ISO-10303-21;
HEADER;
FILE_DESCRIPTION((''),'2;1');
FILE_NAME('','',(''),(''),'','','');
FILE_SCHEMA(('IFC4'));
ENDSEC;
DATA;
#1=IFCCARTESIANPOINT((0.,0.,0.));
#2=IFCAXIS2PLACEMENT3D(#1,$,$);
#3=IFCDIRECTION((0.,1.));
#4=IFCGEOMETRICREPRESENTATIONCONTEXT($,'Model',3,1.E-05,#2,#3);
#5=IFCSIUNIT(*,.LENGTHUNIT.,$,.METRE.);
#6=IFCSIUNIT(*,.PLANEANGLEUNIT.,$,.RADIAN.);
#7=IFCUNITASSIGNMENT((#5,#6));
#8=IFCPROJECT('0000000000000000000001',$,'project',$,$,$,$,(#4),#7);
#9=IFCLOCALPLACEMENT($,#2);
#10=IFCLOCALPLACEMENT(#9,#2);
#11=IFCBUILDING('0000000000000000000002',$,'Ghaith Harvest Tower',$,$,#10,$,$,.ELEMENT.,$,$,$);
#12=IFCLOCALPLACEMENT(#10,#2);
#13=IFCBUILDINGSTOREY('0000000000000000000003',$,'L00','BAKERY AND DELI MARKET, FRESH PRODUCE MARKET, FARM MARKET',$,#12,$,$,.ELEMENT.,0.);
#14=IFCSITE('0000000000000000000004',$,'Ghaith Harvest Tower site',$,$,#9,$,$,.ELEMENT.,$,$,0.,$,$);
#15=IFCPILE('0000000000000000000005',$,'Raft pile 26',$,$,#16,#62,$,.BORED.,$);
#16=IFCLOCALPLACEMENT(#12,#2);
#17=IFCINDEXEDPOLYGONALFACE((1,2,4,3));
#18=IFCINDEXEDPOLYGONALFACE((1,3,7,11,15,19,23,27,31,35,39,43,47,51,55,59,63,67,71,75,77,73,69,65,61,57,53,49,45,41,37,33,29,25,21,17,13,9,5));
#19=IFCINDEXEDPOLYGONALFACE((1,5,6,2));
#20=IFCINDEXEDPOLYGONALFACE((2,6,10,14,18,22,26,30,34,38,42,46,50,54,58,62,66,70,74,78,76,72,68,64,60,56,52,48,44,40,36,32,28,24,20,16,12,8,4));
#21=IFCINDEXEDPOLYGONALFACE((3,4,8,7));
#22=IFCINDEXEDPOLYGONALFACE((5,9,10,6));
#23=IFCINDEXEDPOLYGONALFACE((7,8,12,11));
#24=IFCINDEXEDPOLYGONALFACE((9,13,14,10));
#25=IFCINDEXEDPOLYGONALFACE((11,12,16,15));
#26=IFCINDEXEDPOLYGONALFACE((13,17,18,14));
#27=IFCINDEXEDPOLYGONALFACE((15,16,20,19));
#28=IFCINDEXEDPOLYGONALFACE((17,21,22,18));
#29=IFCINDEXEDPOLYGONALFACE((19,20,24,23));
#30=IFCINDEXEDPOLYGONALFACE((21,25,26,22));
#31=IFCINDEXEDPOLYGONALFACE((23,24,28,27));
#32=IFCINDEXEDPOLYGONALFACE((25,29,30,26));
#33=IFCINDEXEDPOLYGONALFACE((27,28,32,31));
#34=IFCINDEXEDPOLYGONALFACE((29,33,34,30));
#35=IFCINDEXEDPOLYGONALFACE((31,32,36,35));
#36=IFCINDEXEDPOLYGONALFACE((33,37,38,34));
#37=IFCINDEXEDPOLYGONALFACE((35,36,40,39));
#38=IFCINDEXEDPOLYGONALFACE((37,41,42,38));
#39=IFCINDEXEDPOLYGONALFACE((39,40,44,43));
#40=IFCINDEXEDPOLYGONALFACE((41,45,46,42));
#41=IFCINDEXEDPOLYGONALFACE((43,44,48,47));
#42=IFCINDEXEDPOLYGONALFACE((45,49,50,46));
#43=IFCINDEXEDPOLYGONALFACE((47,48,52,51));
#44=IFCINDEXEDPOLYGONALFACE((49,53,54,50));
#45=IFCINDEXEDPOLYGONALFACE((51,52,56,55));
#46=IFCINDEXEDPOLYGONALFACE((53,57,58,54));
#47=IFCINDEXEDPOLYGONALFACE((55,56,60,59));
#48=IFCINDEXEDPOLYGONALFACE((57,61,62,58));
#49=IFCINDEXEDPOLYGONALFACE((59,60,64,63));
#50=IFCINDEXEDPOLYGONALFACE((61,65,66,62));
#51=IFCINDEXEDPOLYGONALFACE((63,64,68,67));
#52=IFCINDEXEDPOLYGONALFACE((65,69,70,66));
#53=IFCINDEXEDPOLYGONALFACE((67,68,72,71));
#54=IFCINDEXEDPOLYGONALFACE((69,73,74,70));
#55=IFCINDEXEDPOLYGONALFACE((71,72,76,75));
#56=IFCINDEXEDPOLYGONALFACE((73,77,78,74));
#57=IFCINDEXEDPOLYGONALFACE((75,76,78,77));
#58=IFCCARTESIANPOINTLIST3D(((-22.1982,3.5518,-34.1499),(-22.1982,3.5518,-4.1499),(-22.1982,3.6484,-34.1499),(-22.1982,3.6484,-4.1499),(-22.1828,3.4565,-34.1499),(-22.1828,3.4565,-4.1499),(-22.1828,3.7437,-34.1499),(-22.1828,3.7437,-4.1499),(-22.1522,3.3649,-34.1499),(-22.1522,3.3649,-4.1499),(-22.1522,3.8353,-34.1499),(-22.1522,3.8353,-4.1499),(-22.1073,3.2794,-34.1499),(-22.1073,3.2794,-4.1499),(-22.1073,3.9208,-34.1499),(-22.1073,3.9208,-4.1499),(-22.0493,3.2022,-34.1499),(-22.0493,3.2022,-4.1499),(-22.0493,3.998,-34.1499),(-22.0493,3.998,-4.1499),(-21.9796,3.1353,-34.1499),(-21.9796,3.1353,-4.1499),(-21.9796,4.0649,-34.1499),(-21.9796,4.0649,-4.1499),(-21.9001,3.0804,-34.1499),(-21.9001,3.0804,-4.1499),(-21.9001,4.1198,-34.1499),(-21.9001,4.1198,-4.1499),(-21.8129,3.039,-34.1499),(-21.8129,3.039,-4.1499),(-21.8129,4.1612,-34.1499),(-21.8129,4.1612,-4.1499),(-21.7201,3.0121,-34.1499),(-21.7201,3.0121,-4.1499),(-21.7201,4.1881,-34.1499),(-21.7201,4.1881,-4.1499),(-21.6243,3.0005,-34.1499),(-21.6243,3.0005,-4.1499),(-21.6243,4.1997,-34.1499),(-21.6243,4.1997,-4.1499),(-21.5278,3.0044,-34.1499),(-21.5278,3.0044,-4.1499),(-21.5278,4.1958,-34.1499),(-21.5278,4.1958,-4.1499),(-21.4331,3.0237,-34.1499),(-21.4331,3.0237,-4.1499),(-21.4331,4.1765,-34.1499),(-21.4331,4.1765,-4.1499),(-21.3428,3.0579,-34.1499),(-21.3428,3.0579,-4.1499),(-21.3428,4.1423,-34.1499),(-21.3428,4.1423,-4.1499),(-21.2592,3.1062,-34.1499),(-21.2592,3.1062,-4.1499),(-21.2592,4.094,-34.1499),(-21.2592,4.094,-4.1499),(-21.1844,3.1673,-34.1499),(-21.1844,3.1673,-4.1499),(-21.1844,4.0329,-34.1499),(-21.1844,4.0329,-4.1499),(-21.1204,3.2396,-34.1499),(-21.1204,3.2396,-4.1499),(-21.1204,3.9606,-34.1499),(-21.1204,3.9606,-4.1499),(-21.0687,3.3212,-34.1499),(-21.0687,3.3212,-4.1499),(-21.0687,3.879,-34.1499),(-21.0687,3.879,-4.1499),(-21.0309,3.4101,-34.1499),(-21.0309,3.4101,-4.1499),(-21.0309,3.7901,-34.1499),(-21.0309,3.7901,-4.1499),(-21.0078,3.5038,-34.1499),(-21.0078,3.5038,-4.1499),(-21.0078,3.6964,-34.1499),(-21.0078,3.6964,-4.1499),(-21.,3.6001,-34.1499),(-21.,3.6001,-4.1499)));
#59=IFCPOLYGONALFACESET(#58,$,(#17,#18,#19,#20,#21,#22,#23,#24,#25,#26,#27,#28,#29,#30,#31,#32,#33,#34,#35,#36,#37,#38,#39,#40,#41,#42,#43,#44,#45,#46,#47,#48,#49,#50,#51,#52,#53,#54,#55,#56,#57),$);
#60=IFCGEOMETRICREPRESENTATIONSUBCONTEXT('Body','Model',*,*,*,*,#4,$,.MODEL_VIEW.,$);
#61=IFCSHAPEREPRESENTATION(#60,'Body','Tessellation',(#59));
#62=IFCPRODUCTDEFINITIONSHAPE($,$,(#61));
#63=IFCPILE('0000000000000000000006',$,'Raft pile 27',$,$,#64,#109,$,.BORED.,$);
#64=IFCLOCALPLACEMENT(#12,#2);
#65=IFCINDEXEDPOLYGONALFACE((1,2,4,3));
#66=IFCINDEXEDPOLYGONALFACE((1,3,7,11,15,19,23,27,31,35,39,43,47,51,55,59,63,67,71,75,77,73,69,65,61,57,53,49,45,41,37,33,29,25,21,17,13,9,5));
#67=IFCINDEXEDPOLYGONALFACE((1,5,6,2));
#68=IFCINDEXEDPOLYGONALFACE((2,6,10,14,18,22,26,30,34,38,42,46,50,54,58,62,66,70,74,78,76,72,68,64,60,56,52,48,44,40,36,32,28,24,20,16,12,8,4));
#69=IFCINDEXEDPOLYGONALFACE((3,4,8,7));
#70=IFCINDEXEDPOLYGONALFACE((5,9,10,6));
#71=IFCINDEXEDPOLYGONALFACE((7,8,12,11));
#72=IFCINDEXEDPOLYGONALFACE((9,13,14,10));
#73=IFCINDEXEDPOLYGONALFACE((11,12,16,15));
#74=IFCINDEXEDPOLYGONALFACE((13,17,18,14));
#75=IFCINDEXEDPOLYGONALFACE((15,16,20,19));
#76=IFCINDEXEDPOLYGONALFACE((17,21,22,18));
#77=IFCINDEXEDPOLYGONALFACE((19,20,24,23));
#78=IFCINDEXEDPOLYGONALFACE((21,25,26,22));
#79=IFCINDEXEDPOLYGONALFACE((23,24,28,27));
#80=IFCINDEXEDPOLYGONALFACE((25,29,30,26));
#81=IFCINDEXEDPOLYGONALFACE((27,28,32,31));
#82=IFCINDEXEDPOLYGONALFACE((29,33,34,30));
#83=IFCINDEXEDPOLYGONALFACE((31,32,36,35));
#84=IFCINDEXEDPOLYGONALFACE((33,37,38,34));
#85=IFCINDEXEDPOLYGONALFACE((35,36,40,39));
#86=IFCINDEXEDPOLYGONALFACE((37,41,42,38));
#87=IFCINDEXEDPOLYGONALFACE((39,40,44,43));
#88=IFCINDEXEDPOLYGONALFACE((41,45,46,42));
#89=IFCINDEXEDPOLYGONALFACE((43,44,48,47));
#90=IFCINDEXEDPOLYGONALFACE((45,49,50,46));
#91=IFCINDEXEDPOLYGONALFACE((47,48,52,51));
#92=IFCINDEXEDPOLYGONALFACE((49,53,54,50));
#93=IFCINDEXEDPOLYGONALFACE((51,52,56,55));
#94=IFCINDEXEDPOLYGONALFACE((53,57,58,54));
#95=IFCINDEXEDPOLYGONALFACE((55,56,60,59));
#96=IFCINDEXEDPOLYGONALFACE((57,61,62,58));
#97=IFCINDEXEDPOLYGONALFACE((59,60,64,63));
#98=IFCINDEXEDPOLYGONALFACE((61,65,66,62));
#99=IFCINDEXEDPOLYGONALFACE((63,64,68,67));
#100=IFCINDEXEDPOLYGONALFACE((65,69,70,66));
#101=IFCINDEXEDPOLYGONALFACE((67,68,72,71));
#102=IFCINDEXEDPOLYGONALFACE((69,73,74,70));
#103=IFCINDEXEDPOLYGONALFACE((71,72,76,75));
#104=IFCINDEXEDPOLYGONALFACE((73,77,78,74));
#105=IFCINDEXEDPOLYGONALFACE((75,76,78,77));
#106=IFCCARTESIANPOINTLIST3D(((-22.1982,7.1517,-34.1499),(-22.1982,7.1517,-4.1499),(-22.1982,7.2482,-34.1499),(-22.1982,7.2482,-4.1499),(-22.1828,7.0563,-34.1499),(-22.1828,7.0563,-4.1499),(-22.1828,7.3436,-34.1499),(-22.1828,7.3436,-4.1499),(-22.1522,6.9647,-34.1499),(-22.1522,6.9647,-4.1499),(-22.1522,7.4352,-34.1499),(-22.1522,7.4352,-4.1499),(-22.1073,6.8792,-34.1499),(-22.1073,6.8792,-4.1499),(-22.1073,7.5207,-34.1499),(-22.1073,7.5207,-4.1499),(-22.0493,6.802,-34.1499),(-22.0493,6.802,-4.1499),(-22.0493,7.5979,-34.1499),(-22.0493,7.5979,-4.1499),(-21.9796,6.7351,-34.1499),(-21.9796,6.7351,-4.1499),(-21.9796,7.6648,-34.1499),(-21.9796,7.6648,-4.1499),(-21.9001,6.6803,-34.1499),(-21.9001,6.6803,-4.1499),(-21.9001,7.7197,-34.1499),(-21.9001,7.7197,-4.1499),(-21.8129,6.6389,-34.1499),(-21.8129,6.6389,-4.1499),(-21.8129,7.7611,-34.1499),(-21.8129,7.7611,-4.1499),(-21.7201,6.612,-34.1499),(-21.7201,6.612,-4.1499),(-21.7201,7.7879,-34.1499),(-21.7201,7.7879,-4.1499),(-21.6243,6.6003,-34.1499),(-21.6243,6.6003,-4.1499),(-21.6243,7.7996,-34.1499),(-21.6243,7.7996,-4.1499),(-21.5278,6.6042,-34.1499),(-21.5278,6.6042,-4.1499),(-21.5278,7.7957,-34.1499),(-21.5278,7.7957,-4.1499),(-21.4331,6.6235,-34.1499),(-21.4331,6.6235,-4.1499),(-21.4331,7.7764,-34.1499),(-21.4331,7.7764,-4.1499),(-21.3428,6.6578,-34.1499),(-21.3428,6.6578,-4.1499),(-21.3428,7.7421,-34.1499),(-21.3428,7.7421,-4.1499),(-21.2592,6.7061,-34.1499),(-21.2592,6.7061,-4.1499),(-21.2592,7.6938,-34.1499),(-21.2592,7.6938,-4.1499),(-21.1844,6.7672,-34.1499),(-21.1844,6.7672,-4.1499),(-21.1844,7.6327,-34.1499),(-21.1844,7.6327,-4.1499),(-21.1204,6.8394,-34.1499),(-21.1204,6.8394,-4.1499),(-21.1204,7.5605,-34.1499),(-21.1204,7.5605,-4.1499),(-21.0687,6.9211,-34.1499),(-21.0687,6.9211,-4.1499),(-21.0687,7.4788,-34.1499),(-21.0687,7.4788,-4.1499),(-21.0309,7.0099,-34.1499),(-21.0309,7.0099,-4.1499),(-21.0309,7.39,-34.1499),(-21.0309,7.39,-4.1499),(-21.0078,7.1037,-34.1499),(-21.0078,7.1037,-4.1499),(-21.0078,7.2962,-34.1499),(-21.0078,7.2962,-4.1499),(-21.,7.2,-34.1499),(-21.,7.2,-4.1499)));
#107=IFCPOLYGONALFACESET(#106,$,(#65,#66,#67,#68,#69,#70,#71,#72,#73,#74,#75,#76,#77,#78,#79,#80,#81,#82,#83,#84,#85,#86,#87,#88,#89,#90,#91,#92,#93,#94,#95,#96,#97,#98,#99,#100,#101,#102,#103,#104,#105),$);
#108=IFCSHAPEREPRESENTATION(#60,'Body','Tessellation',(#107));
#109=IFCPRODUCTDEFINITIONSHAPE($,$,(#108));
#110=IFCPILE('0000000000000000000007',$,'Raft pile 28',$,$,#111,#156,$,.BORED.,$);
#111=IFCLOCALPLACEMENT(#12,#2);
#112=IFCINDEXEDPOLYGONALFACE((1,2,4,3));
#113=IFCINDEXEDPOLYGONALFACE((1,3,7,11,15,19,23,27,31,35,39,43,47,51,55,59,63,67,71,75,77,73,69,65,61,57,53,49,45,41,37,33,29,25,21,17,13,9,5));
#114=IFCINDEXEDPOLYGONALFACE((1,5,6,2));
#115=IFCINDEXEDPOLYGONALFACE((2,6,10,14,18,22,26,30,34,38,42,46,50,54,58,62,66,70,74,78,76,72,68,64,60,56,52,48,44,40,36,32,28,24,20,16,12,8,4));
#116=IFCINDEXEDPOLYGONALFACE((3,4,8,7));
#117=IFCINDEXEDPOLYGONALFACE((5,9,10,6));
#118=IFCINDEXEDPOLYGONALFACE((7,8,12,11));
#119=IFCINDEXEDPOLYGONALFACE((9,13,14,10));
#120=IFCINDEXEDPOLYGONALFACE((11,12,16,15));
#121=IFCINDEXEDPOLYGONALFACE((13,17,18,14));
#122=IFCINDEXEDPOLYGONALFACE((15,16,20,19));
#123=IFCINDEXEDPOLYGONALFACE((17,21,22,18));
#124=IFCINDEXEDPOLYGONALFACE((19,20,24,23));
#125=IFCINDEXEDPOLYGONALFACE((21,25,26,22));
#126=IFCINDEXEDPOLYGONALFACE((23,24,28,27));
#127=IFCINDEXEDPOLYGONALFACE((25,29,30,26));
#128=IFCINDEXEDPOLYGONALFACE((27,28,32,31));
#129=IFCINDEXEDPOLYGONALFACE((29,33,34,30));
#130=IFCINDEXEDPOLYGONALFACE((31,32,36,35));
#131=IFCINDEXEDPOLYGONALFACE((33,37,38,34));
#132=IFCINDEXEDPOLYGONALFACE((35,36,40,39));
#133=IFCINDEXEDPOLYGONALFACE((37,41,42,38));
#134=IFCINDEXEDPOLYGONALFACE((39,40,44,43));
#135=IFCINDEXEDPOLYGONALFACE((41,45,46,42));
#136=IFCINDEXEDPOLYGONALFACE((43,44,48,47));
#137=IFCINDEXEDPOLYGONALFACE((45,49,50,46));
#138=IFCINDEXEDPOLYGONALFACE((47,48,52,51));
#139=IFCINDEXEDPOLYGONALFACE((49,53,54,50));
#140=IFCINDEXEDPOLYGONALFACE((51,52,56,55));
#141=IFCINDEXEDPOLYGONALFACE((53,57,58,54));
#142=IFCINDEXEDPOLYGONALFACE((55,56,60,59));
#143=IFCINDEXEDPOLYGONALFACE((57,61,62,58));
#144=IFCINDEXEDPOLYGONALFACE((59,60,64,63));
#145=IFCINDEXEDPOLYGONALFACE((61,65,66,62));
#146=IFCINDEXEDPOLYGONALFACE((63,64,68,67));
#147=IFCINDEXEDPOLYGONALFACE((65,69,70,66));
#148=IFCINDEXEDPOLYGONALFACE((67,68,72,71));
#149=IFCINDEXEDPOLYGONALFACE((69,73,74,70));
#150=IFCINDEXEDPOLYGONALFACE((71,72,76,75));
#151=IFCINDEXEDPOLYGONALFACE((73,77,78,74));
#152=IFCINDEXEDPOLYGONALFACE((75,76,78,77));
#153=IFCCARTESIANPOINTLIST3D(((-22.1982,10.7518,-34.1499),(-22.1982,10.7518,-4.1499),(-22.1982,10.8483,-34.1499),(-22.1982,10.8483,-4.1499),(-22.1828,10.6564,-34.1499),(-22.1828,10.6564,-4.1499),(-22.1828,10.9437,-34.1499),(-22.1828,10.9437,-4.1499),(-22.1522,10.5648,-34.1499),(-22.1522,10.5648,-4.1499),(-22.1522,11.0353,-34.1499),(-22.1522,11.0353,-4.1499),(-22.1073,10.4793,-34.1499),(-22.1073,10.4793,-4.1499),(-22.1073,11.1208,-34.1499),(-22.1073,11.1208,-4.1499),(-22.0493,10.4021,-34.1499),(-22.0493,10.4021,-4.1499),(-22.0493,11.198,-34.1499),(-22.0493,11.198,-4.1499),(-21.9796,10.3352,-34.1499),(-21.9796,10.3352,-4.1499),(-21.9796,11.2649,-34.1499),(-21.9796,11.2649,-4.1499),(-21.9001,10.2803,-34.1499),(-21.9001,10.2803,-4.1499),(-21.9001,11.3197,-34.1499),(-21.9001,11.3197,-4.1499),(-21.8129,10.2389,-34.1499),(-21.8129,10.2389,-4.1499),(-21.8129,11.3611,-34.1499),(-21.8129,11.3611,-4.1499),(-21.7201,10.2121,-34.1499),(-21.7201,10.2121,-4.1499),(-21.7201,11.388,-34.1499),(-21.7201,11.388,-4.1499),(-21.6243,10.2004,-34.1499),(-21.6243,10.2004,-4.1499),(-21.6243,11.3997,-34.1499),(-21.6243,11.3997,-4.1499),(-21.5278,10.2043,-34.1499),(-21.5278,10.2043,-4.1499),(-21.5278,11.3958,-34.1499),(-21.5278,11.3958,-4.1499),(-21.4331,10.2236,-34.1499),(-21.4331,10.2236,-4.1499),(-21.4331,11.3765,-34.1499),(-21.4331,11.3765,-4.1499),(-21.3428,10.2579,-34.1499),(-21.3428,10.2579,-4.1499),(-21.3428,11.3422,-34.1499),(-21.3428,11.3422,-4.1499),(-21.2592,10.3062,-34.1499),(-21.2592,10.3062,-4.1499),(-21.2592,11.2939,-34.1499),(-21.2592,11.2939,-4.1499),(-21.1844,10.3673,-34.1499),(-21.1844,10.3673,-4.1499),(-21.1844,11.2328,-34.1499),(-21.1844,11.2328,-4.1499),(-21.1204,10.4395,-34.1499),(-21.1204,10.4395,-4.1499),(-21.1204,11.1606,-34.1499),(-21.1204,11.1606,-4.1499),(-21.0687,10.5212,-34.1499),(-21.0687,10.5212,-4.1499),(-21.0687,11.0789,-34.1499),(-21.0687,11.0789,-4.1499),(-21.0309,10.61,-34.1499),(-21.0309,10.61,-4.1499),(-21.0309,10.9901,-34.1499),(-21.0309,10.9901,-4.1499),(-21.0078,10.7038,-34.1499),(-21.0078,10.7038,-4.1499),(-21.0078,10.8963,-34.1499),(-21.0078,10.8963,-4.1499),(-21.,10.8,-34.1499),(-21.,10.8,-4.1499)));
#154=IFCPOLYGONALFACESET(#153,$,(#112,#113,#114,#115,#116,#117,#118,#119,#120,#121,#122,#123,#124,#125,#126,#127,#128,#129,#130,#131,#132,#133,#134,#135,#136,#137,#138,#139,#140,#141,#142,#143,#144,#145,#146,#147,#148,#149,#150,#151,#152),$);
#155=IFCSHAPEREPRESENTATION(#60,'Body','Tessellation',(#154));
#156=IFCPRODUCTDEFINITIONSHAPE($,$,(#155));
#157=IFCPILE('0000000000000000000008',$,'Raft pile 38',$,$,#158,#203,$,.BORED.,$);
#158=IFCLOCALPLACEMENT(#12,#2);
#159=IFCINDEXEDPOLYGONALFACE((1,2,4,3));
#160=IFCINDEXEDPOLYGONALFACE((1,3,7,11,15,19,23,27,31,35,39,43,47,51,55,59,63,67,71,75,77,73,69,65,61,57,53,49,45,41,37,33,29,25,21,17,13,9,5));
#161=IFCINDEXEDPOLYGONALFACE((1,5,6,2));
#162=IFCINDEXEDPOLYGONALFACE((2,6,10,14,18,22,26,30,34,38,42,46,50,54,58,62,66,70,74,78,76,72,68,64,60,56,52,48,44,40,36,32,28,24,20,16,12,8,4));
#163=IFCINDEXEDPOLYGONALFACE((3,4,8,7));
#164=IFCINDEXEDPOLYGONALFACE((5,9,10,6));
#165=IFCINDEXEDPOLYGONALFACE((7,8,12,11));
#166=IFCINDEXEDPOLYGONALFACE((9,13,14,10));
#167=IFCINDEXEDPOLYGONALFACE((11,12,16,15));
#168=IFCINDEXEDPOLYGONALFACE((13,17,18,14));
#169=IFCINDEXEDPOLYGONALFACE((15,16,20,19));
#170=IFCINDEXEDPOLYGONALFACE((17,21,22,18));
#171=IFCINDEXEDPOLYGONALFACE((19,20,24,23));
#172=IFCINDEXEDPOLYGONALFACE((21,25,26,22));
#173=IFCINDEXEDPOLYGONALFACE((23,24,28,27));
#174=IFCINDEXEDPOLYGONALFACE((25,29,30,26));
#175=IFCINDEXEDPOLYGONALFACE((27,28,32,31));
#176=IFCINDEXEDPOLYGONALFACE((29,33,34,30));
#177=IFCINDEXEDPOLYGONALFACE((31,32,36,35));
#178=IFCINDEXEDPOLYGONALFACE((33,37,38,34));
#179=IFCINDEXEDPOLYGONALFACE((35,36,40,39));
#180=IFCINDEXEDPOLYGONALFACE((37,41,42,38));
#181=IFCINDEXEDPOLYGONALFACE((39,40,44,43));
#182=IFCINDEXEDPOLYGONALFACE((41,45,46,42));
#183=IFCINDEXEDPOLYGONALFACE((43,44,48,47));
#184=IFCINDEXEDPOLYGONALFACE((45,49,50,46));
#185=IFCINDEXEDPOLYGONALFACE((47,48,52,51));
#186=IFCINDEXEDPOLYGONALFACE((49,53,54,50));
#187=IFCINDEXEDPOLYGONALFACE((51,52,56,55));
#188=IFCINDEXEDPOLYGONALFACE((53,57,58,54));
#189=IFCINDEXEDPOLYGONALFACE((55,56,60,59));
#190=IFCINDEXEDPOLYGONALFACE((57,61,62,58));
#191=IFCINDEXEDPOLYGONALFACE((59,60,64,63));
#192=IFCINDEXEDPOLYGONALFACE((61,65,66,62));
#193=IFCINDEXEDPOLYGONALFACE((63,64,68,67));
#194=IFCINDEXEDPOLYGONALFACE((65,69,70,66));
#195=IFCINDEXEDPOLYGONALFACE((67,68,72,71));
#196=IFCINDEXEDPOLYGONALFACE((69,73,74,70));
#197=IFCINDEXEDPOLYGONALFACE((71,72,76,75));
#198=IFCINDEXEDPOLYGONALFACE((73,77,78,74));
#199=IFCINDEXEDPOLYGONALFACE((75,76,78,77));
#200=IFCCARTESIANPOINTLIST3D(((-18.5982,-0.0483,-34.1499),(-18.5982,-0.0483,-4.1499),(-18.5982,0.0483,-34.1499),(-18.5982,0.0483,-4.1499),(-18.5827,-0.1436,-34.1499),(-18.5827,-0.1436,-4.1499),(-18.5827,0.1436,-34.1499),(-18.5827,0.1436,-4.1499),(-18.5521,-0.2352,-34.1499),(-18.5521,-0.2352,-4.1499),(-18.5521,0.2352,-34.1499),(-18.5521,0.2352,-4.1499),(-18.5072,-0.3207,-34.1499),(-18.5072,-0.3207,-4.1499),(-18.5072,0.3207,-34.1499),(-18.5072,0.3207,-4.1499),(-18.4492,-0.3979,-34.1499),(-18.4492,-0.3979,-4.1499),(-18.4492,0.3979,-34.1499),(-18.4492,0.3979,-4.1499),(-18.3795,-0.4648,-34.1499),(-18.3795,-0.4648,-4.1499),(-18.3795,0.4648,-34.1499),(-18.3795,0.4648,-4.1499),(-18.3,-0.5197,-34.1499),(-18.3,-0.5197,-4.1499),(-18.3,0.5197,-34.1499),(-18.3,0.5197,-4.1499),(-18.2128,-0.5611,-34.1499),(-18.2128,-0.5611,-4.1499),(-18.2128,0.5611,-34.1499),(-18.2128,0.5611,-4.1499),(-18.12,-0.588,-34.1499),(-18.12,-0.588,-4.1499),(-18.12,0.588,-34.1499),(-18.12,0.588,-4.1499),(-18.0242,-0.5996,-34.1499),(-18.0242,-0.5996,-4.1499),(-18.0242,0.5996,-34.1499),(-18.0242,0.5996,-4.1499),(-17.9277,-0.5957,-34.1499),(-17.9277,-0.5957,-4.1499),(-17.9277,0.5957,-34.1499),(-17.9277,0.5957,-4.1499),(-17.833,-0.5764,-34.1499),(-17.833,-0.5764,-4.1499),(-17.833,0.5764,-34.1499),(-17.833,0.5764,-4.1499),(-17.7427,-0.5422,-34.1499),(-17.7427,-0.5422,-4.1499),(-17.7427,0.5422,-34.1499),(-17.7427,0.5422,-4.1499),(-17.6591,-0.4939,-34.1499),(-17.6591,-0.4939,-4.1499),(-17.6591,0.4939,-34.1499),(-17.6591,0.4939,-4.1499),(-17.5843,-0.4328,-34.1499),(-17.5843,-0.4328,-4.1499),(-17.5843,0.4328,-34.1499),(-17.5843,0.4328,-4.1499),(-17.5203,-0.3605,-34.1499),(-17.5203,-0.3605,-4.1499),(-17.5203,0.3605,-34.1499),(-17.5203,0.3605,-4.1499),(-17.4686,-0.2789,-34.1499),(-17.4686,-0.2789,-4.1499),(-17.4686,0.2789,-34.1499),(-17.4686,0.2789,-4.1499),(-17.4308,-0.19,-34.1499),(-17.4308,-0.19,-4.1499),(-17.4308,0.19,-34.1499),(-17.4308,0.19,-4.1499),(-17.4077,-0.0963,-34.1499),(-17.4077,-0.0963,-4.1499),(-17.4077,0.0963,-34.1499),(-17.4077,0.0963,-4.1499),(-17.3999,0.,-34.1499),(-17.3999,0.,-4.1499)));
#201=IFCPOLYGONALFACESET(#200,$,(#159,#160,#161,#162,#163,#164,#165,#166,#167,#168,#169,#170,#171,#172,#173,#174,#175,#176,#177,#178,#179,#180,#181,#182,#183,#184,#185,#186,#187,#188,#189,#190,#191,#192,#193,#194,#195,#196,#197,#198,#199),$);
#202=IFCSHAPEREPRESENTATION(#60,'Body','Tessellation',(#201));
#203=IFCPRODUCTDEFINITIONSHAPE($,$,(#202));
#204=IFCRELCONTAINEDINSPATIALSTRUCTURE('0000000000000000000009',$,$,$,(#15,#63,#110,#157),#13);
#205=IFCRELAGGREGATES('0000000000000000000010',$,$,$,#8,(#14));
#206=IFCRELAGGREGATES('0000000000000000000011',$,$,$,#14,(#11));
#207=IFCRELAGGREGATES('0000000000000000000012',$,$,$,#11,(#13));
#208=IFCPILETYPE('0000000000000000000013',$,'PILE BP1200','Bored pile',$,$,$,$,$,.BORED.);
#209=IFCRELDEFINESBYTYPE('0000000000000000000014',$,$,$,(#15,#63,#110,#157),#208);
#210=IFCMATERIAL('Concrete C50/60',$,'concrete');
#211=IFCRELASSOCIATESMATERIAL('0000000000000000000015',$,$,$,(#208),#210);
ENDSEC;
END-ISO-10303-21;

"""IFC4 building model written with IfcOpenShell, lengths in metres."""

from ifc_helpers import new_model, si_unit, direction, frame, origin, origin_2d, place, context, subcontext, project, spatial, circle, extrude, material, material_profile, profile_set, type_object, element, save


model = new_model("IFC4")

# Units and contexts
model_context = context("Model", 3, precision=1e-05, world=origin(), true_north=direction((0.0, 1.0)))
body_context = subcontext(model_context, "Body", "Model", "MODEL_VIEW")
ifc_project = project(units=[si_unit("LENGTHUNIT", "METRE"), si_unit("PLANEANGLEUNIT", "RADIAN")], contexts=[model_context])

# Site, building, storey
site_placement = place(None, origin())
site = spatial("IfcSite", under=ifc_project, at=site_placement, Name="Ghaith Harvest Tower site", CompositionType="ELEMENT", RefElevation=0.0)
building_placement = place(site_placement, origin())
building = spatial("IfcBuilding", under=site, at=building_placement, Name="Ghaith Harvest Tower", CompositionType="ELEMENT")
storey_placement = place(building_placement, origin())
storey = spatial("IfcBuildingStorey", under=building, at=storey_placement, Name="L00", Description="BAKERY AND DELI MARKET, FRESH PRODUCE MARKET, FARM MARKET", CompositionType="ELEMENT", Elevation=0.0)

# Piles
ifc_material_1 = material(Name="Concrete C50/60", Category="concrete")
ifc_material_profile_1 = material_profile(ifc_material_1, circle(Radius=0.6001, at=origin_2d()), Name="PILE1200")
ifc_profile_set_1 = profile_set([ifc_material_profile_1], Name="Concrete C50/60")
pile_type = type_object("IfcPileType", Name="PILE BP1200", Description="Bored pile", PredefinedType="BORED", material=ifc_profile_set_1)
for number, where, z_axis, x_axis, name in (
    (1, (-21.6001, 3.6001, -4.1499), (0.0, 0.0, -1.0), (1.0, 0.0, 0.0), "Raft pile 26"),
    (2, (-21.6001, 7.2, -4.1499), (0.0, 0.0, -1.0), (1.0, 0.0, 0.0), "Raft pile 27"),
    (3, (-21.6001, 10.8, -4.1499), (0.0, 0.0, -1.0), (1.0, 0.0, 0.0), "Raft pile 28"),
    (4, (-18.0, 0.0, -4.1499), (0.0, 0.0, -1.0), (1.0, 0.0, 0.0), "Raft pile 38"),
):
    element("IfcPile", number, at=place(storey_placement, frame(where, z_axis=z_axis, x_axis=x_axis)), inside=storey, type_object=pile_type, Name=name, PredefinedType="BORED", context=body_context, shape_type="SweptSolid", body=[
        extrude(circle(Radius=0.6001, at=origin_2d()), origin(), (0.0, 0.0, 1.0), 30.0),
    ])

save(model, "model.ifc")
